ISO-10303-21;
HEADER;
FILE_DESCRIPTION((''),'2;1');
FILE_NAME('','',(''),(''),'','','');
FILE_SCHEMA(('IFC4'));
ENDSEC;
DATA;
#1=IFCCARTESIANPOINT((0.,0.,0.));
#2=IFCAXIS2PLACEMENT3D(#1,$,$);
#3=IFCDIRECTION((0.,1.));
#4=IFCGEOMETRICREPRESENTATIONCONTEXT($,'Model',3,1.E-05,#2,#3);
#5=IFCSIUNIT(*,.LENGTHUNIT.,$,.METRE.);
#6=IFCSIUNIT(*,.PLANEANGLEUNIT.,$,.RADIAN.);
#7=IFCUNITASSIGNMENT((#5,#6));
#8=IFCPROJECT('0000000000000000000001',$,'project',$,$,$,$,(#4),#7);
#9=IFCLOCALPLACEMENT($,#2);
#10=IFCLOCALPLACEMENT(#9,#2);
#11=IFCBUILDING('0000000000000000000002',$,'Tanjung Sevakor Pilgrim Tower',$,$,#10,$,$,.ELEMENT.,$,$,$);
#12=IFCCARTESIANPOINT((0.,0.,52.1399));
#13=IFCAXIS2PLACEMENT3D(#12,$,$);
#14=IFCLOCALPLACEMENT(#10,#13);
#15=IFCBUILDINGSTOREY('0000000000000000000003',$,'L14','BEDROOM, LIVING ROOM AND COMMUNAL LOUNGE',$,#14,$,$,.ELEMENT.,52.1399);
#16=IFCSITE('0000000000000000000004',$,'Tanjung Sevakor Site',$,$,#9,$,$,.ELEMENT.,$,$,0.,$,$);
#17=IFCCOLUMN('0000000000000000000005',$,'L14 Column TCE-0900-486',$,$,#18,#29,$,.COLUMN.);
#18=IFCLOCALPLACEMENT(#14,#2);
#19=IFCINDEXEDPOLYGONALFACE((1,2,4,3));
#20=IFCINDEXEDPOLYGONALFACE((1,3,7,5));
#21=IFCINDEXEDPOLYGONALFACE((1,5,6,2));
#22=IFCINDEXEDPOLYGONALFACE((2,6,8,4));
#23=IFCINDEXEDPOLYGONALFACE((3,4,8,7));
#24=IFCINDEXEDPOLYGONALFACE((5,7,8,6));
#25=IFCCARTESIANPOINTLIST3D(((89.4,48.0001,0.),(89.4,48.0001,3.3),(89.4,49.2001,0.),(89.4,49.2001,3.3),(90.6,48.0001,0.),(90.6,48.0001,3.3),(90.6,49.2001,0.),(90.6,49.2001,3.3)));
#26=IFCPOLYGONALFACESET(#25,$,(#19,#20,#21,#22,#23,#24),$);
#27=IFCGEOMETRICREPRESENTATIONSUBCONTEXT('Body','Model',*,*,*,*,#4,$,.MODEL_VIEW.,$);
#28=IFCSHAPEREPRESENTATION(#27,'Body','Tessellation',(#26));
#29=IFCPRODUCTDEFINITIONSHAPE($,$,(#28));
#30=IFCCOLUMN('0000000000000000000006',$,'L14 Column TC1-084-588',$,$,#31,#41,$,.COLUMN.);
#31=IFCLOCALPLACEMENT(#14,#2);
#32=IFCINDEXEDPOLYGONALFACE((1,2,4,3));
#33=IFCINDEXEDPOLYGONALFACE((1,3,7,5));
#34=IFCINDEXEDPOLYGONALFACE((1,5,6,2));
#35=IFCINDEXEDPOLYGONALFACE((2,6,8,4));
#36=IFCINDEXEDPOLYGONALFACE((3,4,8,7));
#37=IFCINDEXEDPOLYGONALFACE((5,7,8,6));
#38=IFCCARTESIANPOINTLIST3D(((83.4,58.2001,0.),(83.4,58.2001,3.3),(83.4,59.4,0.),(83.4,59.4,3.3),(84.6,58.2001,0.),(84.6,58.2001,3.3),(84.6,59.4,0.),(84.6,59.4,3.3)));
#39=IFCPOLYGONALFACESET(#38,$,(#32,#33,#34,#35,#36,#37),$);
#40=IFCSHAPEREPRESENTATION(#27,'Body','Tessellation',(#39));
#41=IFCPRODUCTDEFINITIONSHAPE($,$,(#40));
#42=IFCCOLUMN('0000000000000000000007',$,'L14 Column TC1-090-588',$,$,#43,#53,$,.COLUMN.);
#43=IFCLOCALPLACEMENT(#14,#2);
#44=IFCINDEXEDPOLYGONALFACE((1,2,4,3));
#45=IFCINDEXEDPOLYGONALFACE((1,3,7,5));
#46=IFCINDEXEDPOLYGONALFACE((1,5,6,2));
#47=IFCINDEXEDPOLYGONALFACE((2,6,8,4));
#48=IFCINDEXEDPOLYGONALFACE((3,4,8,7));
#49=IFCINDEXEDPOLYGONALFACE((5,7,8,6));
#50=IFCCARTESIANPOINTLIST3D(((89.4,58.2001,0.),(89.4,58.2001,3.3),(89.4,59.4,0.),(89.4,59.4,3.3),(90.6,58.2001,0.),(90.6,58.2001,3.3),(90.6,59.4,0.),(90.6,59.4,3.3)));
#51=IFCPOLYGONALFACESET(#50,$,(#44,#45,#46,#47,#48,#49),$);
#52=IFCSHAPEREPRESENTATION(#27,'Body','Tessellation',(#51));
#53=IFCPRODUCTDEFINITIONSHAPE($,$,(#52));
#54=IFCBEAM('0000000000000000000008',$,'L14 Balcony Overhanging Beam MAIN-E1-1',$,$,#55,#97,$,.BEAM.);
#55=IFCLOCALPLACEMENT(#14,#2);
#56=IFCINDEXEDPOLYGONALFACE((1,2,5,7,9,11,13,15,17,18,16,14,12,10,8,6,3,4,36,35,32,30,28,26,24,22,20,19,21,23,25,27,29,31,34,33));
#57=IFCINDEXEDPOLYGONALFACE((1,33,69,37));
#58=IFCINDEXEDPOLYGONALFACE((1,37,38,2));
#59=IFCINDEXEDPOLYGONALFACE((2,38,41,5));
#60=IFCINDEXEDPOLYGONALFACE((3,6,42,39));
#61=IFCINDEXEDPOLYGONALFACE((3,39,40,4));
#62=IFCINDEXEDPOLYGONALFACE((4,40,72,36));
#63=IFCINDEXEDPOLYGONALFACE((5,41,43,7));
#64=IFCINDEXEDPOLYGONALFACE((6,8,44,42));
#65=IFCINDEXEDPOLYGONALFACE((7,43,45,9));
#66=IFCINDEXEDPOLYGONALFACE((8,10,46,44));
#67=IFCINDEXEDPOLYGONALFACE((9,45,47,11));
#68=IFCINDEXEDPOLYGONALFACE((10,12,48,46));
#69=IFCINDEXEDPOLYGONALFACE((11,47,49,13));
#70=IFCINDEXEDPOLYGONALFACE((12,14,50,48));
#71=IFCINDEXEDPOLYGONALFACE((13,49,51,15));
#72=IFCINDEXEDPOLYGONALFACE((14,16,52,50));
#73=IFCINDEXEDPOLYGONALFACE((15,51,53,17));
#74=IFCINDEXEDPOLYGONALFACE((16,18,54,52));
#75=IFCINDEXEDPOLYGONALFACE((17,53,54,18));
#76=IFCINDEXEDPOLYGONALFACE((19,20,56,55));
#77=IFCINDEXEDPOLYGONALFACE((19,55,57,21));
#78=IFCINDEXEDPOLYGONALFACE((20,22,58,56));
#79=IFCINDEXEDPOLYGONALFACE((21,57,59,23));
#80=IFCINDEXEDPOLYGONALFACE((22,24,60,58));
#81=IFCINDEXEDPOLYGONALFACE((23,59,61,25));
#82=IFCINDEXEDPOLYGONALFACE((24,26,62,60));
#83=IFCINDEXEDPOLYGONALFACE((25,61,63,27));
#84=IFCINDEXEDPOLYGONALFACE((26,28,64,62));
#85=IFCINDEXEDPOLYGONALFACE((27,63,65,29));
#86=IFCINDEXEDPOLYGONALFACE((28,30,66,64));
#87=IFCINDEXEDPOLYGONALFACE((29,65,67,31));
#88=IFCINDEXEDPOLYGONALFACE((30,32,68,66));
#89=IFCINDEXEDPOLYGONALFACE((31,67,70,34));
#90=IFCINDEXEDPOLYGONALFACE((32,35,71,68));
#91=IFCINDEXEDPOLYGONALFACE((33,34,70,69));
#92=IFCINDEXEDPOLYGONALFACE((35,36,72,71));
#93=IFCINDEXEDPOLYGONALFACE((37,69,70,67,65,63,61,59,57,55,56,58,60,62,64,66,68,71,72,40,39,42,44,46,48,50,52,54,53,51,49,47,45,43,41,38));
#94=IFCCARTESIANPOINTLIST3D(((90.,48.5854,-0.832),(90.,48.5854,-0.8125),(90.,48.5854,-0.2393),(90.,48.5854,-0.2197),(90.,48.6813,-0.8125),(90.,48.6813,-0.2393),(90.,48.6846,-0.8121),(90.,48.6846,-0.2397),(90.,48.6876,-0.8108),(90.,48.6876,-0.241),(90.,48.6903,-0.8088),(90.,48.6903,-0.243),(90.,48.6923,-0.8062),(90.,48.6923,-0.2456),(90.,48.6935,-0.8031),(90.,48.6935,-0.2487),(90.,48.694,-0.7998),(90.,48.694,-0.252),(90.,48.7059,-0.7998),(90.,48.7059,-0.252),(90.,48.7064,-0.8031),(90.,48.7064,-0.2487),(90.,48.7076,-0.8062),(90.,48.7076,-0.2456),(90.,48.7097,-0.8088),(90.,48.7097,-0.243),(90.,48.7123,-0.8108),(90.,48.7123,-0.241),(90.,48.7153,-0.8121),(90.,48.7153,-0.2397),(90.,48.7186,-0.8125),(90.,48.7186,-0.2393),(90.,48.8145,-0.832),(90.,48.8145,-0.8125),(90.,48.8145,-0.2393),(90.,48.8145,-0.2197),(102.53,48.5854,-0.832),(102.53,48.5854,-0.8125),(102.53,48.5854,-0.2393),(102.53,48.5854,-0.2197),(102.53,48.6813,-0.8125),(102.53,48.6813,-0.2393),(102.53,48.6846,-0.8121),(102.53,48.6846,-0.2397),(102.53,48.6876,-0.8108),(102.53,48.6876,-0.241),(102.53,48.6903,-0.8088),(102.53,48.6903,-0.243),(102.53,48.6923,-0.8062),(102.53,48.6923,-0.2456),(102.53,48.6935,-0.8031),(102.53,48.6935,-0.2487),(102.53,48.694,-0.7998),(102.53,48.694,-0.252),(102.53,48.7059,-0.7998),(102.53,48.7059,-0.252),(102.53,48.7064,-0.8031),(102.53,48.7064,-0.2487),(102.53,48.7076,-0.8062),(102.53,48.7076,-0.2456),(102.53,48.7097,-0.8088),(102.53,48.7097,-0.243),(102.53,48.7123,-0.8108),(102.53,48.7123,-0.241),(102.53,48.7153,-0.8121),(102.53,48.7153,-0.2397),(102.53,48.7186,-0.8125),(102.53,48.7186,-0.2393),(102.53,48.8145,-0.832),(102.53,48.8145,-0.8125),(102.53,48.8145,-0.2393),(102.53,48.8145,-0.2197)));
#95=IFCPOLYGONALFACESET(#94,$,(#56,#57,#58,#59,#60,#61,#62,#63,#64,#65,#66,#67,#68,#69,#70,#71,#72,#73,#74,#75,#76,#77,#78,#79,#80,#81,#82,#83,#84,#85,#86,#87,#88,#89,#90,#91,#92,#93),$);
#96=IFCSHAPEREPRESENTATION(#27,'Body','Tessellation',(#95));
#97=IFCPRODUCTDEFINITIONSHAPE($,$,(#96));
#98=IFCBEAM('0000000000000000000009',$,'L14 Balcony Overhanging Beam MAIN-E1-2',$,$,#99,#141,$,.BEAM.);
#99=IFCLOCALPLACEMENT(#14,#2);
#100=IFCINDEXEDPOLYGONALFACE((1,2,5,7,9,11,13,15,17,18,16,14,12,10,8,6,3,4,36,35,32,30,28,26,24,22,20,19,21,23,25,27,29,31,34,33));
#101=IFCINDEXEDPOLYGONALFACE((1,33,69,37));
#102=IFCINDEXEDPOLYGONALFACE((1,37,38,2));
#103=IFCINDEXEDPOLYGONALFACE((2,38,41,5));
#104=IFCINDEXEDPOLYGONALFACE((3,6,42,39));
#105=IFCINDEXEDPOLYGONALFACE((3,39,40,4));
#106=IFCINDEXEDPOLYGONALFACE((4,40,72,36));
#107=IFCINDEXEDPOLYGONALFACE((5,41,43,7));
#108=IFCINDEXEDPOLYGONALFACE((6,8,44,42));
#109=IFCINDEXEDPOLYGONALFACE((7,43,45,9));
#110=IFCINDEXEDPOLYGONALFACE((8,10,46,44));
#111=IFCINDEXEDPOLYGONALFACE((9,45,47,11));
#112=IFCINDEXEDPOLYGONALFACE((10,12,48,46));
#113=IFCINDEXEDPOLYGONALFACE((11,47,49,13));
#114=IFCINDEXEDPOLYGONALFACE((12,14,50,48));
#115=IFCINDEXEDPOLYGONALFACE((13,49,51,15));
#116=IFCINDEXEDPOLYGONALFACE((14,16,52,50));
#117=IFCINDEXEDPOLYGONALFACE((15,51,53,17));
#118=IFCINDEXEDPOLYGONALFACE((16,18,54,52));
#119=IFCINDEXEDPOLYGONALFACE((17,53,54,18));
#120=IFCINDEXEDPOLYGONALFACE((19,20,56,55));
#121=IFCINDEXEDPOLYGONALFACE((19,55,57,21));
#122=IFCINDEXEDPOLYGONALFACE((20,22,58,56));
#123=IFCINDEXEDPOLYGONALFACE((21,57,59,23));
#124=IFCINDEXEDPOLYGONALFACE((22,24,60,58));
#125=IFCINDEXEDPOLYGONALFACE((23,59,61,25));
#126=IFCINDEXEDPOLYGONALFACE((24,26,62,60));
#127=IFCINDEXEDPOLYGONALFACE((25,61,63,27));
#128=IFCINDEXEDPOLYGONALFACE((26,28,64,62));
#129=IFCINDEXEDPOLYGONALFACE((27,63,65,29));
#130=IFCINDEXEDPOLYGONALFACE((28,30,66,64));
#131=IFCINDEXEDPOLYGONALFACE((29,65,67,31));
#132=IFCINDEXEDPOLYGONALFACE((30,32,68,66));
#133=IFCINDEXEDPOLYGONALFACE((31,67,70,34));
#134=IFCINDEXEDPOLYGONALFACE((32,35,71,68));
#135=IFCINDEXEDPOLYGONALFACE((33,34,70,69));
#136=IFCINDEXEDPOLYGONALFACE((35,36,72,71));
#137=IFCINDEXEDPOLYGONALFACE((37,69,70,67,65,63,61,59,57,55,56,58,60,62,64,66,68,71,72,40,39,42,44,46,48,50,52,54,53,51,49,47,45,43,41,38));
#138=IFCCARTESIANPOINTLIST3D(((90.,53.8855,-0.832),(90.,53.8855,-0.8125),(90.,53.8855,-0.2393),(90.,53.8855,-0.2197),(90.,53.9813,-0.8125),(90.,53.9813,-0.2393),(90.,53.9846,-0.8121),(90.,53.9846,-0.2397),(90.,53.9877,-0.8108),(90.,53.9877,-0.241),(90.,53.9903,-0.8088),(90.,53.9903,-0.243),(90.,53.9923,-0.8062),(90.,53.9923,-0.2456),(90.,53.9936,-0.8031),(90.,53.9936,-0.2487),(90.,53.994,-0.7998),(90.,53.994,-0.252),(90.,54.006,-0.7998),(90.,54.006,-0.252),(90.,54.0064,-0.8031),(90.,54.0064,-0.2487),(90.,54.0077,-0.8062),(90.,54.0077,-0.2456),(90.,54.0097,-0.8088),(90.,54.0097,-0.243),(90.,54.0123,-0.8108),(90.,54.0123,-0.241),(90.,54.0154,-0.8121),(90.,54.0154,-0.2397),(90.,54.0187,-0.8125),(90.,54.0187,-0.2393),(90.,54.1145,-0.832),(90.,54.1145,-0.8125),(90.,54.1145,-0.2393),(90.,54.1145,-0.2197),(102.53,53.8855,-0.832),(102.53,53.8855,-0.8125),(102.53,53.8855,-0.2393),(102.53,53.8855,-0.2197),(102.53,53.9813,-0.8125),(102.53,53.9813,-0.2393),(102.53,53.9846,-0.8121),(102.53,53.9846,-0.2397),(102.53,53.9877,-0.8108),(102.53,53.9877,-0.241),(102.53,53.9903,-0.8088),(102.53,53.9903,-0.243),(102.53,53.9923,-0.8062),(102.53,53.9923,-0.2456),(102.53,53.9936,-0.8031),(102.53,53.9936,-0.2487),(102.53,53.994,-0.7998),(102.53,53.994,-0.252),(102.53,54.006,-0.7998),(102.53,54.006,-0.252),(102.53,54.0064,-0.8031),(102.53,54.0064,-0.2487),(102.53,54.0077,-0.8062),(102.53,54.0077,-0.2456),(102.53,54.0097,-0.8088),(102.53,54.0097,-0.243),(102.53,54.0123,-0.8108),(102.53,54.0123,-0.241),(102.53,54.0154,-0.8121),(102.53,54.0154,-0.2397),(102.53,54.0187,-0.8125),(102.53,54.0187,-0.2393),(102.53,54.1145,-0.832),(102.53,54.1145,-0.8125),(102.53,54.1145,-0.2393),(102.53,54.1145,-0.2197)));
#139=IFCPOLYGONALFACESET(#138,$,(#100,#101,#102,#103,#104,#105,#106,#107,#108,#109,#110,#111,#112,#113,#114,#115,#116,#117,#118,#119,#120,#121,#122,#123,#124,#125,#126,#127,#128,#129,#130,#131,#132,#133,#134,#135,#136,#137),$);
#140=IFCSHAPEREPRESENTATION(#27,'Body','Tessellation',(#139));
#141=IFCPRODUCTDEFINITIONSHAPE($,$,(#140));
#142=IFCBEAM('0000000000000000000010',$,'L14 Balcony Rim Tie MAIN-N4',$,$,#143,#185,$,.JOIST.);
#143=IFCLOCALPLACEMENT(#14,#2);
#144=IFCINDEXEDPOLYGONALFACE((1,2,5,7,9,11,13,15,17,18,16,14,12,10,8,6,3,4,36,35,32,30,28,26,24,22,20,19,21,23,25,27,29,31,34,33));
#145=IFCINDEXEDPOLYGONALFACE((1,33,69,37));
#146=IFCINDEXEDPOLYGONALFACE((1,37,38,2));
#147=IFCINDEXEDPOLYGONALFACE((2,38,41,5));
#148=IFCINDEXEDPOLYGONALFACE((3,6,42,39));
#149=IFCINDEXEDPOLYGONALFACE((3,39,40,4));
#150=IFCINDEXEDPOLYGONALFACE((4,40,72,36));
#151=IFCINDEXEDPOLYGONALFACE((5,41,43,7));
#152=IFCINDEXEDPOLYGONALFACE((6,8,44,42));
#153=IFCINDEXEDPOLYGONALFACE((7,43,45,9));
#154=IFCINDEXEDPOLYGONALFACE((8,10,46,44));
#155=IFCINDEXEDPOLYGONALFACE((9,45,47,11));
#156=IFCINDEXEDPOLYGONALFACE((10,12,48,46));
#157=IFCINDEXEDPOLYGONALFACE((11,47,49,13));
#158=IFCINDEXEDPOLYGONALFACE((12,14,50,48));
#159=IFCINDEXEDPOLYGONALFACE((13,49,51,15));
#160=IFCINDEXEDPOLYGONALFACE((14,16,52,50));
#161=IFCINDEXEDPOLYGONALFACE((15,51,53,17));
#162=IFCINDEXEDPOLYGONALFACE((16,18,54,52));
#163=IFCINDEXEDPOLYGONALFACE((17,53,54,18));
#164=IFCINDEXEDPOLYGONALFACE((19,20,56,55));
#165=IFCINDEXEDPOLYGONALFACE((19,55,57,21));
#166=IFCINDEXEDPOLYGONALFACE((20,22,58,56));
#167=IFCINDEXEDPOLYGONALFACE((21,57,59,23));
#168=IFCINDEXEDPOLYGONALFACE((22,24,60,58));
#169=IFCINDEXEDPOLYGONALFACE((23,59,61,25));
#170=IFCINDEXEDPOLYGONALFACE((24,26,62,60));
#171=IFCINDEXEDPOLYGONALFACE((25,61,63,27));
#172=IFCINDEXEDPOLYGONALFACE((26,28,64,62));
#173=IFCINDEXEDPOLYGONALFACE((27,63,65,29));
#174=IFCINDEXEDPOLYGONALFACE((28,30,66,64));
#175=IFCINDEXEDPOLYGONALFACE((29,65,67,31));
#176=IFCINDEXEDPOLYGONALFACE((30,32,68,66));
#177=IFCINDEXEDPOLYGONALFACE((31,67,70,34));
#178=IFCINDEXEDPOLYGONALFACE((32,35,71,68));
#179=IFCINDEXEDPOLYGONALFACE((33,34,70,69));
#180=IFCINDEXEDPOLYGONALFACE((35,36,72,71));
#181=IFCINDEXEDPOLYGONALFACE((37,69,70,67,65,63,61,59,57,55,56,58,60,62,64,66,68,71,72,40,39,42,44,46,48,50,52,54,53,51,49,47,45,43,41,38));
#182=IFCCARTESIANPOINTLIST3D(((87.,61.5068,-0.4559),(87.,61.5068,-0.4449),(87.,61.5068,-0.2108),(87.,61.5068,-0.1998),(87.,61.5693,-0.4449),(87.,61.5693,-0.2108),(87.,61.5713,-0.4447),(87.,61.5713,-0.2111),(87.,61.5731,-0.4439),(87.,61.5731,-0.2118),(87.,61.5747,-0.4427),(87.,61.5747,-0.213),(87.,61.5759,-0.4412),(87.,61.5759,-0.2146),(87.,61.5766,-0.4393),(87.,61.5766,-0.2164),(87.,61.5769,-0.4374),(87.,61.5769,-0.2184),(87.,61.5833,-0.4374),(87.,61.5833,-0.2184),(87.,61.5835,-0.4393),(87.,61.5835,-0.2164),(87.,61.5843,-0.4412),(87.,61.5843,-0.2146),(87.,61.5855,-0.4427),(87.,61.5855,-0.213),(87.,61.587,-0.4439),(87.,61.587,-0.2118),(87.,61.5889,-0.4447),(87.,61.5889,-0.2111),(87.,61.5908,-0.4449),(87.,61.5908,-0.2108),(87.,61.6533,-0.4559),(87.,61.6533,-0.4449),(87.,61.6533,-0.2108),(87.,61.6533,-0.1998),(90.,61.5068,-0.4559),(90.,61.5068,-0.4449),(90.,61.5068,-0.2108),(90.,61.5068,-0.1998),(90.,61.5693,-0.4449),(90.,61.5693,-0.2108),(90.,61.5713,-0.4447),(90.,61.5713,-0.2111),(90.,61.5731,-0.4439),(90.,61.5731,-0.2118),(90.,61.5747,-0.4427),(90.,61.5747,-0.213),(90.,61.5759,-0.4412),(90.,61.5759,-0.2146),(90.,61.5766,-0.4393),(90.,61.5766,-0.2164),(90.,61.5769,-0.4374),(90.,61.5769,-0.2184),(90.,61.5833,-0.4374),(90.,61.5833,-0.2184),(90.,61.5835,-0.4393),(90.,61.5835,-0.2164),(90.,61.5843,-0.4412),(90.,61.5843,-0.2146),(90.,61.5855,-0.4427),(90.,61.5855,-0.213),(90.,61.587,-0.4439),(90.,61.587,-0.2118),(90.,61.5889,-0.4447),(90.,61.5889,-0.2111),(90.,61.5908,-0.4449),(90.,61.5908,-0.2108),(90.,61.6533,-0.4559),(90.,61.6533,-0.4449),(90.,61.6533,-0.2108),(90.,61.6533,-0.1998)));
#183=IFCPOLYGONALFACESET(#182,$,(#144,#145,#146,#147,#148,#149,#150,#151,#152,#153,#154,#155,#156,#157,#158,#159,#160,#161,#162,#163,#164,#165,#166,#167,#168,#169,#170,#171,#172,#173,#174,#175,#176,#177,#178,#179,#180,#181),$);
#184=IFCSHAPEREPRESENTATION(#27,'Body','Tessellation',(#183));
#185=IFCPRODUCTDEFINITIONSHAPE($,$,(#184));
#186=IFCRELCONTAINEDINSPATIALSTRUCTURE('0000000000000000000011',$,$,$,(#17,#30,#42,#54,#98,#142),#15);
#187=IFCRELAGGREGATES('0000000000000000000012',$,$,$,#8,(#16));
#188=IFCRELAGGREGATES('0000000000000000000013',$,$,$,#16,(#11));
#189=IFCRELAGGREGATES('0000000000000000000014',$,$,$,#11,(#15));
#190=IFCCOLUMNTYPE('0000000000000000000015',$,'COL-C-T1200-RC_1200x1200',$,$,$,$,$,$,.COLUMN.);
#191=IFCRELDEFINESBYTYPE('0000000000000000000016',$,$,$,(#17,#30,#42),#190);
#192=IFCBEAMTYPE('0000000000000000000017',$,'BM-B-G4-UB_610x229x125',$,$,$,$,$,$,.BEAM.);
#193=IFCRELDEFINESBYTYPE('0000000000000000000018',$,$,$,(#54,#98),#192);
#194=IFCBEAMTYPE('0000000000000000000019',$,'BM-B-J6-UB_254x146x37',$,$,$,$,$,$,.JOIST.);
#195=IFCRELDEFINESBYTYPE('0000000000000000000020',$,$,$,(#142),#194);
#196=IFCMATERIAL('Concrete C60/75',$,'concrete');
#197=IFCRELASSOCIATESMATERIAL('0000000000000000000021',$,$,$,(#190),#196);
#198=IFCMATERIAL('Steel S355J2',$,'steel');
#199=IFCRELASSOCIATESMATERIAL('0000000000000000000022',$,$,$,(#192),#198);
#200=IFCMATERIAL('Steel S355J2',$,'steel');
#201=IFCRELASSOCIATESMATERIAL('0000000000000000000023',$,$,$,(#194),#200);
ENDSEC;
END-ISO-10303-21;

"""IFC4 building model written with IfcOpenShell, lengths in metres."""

from ifc_helpers import new_model, si_unit, direction, frame, origin, origin_2d, place, context, subcontext, project, spatial, rectangle, i_section, extrude, material, material_profile, profile_set, type_object, element, save


model = new_model("IFC4")

# Units and contexts
model_context = context("Model", 3, precision=1e-05, world=origin(), true_north=direction((0.0, 1.0)))
body_context = subcontext(model_context, "Body", "Model", "MODEL_VIEW")
ifc_project = project(units=[si_unit("LENGTHUNIT", "METRE"), si_unit("PLANEANGLEUNIT", "RADIAN")], contexts=[model_context])

# Site, building, storey
site_placement = place(None, origin())
site = spatial("IfcSite", under=ifc_project, at=site_placement, Name="Tanjung Sevakor Site", CompositionType="ELEMENT", RefElevation=0.0)
building_placement = place(site_placement, origin())
building = spatial("IfcBuilding", under=site, at=building_placement, Name="Tanjung Sevakor Pilgrim Tower", CompositionType="ELEMENT")
storey_placement = place(building_placement, frame((0.0, 0.0, 52.1399)))
storey = spatial("IfcBuildingStorey", under=building, at=storey_placement, Name="L14", Description="BEDROOM, LIVING ROOM AND COMMUNAL LOUNGE", CompositionType="ELEMENT", Elevation=52.1399)

# Columns
ifc_material_1 = material(Name="Concrete C60/75", Category="concrete")
ifc_material_profile_1 = material_profile(ifc_material_1, rectangle(XDim=1.2, YDim=1.2, at=origin_2d()))
ifc_profile_set_1 = profile_set([ifc_material_profile_1], Name="Concrete C60/75")
column_type = type_object("IfcColumnType", Name="COL-C-T1200-RC_1200x1200", PredefinedType="COLUMN", material=ifc_profile_set_1)
for number, where, z_axis, x_axis, name in (
    (1, (90.0, 48.6001, 0.0), (0.0, 0.0, 1.0), (1.0, 0.0, 0.0), "L14 Column TCE-0900-486"),
    (2, (84.0, 58.8, 0.0), (0.0, 0.0, 1.0), (1.0, 0.0, 0.0), "L14 Column TC1-084-588"),
    (3, (90.0, 58.8, 0.0), (0.0, 0.0, 1.0), (1.0, 0.0, 0.0), "L14 Column TC1-090-588"),
):
    element("IfcColumn", number, at=place(storey_placement, frame(where, z_axis=z_axis, x_axis=x_axis)), inside=storey, type_object=column_type, Name=name, PredefinedType="COLUMN", context=body_context, shape_type="SweptSolid", body=[
        extrude(rectangle(XDim=1.2, YDim=1.2, at=origin_2d()), origin(), (0.0, 0.0, 1.0), 3.3),
    ])

# Beams
ifc_material_2 = material(Name="Steel S355J2", Category="steel")
ifc_material_profile_2 = material_profile(ifc_material_2, i_section(OverallWidth=0.229, OverallDepth=0.6123, WebThickness=0.012, FlangeThickness=0.0195, FilletRadius=0.0127, at=origin_2d()))
ifc_profile_set_2 = profile_set([ifc_material_profile_2], Name="Steel S355J2")
beam_type_1 = type_object("IfcBeamType", Name="BM-B-G4-UB_610x229x125", PredefinedType="BEAM", material=ifc_profile_set_2)
for number, where, z_axis, x_axis, name in (
    (4, (90.0, 48.7, -0.5259), (1.0, 0.0, 0.0), (0.0, 1.0, 0.0), "L14 Balcony Overhanging Beam MAIN-E1-1"),
    (5, (90.0, 54.0, -0.5259), (1.0, 0.0, 0.0), (0.0, 1.0, 0.0), "L14 Balcony Overhanging Beam MAIN-E1-2"),
):
    element("IfcBeam", number, at=place(storey_placement, frame(where, z_axis=z_axis, x_axis=x_axis)), inside=storey, type_object=beam_type_1, Name=name, PredefinedType="BEAM", context=body_context, shape_type="SweptSolid", body=[
        extrude(i_section(OverallWidth=0.229, OverallDepth=0.6123, WebThickness=0.012, FlangeThickness=0.0195, FilletRadius=0.0127, at=origin_2d()), origin(), (0.0, 0.0, 1.0), 12.53),
    ])
ifc_material_3 = material(Name="Steel S355J2", Category="steel")
ifc_material_profile_3 = material_profile(ifc_material_3, i_section(OverallWidth=0.1465, OverallDepth=0.2561, WebThickness=0.0063, FlangeThickness=0.011, FilletRadius=0.0076, at=origin_2d()))
ifc_profile_set_3 = profile_set([ifc_material_profile_3], Name="Steel S355J2")
beam_type_2 = type_object("IfcBeamType", Name="BM-B-J6-UB_254x146x37", PredefinedType="JOIST", material=ifc_profile_set_3)
beam_1_placement = place(storey_placement, frame((87.0, 61.5801, -0.3279), z_axis=(1.0, 0.0, 0.0), x_axis=(0.0, 1.0, 0.0)))
element("IfcBeam", 6, at=beam_1_placement, inside=storey, type_object=beam_type_2, Name="L14 Balcony Rim Tie MAIN-N4", PredefinedType="JOIST", context=body_context, shape_type="SweptSolid", body=[
    extrude(i_section(OverallWidth=0.1465, OverallDepth=0.2561, WebThickness=0.0063, FlangeThickness=0.011, FilletRadius=0.0076, at=origin_2d()), origin(), (0.0, 0.0, 1.0), 3.0),
])

save(model, "model.ifc")
